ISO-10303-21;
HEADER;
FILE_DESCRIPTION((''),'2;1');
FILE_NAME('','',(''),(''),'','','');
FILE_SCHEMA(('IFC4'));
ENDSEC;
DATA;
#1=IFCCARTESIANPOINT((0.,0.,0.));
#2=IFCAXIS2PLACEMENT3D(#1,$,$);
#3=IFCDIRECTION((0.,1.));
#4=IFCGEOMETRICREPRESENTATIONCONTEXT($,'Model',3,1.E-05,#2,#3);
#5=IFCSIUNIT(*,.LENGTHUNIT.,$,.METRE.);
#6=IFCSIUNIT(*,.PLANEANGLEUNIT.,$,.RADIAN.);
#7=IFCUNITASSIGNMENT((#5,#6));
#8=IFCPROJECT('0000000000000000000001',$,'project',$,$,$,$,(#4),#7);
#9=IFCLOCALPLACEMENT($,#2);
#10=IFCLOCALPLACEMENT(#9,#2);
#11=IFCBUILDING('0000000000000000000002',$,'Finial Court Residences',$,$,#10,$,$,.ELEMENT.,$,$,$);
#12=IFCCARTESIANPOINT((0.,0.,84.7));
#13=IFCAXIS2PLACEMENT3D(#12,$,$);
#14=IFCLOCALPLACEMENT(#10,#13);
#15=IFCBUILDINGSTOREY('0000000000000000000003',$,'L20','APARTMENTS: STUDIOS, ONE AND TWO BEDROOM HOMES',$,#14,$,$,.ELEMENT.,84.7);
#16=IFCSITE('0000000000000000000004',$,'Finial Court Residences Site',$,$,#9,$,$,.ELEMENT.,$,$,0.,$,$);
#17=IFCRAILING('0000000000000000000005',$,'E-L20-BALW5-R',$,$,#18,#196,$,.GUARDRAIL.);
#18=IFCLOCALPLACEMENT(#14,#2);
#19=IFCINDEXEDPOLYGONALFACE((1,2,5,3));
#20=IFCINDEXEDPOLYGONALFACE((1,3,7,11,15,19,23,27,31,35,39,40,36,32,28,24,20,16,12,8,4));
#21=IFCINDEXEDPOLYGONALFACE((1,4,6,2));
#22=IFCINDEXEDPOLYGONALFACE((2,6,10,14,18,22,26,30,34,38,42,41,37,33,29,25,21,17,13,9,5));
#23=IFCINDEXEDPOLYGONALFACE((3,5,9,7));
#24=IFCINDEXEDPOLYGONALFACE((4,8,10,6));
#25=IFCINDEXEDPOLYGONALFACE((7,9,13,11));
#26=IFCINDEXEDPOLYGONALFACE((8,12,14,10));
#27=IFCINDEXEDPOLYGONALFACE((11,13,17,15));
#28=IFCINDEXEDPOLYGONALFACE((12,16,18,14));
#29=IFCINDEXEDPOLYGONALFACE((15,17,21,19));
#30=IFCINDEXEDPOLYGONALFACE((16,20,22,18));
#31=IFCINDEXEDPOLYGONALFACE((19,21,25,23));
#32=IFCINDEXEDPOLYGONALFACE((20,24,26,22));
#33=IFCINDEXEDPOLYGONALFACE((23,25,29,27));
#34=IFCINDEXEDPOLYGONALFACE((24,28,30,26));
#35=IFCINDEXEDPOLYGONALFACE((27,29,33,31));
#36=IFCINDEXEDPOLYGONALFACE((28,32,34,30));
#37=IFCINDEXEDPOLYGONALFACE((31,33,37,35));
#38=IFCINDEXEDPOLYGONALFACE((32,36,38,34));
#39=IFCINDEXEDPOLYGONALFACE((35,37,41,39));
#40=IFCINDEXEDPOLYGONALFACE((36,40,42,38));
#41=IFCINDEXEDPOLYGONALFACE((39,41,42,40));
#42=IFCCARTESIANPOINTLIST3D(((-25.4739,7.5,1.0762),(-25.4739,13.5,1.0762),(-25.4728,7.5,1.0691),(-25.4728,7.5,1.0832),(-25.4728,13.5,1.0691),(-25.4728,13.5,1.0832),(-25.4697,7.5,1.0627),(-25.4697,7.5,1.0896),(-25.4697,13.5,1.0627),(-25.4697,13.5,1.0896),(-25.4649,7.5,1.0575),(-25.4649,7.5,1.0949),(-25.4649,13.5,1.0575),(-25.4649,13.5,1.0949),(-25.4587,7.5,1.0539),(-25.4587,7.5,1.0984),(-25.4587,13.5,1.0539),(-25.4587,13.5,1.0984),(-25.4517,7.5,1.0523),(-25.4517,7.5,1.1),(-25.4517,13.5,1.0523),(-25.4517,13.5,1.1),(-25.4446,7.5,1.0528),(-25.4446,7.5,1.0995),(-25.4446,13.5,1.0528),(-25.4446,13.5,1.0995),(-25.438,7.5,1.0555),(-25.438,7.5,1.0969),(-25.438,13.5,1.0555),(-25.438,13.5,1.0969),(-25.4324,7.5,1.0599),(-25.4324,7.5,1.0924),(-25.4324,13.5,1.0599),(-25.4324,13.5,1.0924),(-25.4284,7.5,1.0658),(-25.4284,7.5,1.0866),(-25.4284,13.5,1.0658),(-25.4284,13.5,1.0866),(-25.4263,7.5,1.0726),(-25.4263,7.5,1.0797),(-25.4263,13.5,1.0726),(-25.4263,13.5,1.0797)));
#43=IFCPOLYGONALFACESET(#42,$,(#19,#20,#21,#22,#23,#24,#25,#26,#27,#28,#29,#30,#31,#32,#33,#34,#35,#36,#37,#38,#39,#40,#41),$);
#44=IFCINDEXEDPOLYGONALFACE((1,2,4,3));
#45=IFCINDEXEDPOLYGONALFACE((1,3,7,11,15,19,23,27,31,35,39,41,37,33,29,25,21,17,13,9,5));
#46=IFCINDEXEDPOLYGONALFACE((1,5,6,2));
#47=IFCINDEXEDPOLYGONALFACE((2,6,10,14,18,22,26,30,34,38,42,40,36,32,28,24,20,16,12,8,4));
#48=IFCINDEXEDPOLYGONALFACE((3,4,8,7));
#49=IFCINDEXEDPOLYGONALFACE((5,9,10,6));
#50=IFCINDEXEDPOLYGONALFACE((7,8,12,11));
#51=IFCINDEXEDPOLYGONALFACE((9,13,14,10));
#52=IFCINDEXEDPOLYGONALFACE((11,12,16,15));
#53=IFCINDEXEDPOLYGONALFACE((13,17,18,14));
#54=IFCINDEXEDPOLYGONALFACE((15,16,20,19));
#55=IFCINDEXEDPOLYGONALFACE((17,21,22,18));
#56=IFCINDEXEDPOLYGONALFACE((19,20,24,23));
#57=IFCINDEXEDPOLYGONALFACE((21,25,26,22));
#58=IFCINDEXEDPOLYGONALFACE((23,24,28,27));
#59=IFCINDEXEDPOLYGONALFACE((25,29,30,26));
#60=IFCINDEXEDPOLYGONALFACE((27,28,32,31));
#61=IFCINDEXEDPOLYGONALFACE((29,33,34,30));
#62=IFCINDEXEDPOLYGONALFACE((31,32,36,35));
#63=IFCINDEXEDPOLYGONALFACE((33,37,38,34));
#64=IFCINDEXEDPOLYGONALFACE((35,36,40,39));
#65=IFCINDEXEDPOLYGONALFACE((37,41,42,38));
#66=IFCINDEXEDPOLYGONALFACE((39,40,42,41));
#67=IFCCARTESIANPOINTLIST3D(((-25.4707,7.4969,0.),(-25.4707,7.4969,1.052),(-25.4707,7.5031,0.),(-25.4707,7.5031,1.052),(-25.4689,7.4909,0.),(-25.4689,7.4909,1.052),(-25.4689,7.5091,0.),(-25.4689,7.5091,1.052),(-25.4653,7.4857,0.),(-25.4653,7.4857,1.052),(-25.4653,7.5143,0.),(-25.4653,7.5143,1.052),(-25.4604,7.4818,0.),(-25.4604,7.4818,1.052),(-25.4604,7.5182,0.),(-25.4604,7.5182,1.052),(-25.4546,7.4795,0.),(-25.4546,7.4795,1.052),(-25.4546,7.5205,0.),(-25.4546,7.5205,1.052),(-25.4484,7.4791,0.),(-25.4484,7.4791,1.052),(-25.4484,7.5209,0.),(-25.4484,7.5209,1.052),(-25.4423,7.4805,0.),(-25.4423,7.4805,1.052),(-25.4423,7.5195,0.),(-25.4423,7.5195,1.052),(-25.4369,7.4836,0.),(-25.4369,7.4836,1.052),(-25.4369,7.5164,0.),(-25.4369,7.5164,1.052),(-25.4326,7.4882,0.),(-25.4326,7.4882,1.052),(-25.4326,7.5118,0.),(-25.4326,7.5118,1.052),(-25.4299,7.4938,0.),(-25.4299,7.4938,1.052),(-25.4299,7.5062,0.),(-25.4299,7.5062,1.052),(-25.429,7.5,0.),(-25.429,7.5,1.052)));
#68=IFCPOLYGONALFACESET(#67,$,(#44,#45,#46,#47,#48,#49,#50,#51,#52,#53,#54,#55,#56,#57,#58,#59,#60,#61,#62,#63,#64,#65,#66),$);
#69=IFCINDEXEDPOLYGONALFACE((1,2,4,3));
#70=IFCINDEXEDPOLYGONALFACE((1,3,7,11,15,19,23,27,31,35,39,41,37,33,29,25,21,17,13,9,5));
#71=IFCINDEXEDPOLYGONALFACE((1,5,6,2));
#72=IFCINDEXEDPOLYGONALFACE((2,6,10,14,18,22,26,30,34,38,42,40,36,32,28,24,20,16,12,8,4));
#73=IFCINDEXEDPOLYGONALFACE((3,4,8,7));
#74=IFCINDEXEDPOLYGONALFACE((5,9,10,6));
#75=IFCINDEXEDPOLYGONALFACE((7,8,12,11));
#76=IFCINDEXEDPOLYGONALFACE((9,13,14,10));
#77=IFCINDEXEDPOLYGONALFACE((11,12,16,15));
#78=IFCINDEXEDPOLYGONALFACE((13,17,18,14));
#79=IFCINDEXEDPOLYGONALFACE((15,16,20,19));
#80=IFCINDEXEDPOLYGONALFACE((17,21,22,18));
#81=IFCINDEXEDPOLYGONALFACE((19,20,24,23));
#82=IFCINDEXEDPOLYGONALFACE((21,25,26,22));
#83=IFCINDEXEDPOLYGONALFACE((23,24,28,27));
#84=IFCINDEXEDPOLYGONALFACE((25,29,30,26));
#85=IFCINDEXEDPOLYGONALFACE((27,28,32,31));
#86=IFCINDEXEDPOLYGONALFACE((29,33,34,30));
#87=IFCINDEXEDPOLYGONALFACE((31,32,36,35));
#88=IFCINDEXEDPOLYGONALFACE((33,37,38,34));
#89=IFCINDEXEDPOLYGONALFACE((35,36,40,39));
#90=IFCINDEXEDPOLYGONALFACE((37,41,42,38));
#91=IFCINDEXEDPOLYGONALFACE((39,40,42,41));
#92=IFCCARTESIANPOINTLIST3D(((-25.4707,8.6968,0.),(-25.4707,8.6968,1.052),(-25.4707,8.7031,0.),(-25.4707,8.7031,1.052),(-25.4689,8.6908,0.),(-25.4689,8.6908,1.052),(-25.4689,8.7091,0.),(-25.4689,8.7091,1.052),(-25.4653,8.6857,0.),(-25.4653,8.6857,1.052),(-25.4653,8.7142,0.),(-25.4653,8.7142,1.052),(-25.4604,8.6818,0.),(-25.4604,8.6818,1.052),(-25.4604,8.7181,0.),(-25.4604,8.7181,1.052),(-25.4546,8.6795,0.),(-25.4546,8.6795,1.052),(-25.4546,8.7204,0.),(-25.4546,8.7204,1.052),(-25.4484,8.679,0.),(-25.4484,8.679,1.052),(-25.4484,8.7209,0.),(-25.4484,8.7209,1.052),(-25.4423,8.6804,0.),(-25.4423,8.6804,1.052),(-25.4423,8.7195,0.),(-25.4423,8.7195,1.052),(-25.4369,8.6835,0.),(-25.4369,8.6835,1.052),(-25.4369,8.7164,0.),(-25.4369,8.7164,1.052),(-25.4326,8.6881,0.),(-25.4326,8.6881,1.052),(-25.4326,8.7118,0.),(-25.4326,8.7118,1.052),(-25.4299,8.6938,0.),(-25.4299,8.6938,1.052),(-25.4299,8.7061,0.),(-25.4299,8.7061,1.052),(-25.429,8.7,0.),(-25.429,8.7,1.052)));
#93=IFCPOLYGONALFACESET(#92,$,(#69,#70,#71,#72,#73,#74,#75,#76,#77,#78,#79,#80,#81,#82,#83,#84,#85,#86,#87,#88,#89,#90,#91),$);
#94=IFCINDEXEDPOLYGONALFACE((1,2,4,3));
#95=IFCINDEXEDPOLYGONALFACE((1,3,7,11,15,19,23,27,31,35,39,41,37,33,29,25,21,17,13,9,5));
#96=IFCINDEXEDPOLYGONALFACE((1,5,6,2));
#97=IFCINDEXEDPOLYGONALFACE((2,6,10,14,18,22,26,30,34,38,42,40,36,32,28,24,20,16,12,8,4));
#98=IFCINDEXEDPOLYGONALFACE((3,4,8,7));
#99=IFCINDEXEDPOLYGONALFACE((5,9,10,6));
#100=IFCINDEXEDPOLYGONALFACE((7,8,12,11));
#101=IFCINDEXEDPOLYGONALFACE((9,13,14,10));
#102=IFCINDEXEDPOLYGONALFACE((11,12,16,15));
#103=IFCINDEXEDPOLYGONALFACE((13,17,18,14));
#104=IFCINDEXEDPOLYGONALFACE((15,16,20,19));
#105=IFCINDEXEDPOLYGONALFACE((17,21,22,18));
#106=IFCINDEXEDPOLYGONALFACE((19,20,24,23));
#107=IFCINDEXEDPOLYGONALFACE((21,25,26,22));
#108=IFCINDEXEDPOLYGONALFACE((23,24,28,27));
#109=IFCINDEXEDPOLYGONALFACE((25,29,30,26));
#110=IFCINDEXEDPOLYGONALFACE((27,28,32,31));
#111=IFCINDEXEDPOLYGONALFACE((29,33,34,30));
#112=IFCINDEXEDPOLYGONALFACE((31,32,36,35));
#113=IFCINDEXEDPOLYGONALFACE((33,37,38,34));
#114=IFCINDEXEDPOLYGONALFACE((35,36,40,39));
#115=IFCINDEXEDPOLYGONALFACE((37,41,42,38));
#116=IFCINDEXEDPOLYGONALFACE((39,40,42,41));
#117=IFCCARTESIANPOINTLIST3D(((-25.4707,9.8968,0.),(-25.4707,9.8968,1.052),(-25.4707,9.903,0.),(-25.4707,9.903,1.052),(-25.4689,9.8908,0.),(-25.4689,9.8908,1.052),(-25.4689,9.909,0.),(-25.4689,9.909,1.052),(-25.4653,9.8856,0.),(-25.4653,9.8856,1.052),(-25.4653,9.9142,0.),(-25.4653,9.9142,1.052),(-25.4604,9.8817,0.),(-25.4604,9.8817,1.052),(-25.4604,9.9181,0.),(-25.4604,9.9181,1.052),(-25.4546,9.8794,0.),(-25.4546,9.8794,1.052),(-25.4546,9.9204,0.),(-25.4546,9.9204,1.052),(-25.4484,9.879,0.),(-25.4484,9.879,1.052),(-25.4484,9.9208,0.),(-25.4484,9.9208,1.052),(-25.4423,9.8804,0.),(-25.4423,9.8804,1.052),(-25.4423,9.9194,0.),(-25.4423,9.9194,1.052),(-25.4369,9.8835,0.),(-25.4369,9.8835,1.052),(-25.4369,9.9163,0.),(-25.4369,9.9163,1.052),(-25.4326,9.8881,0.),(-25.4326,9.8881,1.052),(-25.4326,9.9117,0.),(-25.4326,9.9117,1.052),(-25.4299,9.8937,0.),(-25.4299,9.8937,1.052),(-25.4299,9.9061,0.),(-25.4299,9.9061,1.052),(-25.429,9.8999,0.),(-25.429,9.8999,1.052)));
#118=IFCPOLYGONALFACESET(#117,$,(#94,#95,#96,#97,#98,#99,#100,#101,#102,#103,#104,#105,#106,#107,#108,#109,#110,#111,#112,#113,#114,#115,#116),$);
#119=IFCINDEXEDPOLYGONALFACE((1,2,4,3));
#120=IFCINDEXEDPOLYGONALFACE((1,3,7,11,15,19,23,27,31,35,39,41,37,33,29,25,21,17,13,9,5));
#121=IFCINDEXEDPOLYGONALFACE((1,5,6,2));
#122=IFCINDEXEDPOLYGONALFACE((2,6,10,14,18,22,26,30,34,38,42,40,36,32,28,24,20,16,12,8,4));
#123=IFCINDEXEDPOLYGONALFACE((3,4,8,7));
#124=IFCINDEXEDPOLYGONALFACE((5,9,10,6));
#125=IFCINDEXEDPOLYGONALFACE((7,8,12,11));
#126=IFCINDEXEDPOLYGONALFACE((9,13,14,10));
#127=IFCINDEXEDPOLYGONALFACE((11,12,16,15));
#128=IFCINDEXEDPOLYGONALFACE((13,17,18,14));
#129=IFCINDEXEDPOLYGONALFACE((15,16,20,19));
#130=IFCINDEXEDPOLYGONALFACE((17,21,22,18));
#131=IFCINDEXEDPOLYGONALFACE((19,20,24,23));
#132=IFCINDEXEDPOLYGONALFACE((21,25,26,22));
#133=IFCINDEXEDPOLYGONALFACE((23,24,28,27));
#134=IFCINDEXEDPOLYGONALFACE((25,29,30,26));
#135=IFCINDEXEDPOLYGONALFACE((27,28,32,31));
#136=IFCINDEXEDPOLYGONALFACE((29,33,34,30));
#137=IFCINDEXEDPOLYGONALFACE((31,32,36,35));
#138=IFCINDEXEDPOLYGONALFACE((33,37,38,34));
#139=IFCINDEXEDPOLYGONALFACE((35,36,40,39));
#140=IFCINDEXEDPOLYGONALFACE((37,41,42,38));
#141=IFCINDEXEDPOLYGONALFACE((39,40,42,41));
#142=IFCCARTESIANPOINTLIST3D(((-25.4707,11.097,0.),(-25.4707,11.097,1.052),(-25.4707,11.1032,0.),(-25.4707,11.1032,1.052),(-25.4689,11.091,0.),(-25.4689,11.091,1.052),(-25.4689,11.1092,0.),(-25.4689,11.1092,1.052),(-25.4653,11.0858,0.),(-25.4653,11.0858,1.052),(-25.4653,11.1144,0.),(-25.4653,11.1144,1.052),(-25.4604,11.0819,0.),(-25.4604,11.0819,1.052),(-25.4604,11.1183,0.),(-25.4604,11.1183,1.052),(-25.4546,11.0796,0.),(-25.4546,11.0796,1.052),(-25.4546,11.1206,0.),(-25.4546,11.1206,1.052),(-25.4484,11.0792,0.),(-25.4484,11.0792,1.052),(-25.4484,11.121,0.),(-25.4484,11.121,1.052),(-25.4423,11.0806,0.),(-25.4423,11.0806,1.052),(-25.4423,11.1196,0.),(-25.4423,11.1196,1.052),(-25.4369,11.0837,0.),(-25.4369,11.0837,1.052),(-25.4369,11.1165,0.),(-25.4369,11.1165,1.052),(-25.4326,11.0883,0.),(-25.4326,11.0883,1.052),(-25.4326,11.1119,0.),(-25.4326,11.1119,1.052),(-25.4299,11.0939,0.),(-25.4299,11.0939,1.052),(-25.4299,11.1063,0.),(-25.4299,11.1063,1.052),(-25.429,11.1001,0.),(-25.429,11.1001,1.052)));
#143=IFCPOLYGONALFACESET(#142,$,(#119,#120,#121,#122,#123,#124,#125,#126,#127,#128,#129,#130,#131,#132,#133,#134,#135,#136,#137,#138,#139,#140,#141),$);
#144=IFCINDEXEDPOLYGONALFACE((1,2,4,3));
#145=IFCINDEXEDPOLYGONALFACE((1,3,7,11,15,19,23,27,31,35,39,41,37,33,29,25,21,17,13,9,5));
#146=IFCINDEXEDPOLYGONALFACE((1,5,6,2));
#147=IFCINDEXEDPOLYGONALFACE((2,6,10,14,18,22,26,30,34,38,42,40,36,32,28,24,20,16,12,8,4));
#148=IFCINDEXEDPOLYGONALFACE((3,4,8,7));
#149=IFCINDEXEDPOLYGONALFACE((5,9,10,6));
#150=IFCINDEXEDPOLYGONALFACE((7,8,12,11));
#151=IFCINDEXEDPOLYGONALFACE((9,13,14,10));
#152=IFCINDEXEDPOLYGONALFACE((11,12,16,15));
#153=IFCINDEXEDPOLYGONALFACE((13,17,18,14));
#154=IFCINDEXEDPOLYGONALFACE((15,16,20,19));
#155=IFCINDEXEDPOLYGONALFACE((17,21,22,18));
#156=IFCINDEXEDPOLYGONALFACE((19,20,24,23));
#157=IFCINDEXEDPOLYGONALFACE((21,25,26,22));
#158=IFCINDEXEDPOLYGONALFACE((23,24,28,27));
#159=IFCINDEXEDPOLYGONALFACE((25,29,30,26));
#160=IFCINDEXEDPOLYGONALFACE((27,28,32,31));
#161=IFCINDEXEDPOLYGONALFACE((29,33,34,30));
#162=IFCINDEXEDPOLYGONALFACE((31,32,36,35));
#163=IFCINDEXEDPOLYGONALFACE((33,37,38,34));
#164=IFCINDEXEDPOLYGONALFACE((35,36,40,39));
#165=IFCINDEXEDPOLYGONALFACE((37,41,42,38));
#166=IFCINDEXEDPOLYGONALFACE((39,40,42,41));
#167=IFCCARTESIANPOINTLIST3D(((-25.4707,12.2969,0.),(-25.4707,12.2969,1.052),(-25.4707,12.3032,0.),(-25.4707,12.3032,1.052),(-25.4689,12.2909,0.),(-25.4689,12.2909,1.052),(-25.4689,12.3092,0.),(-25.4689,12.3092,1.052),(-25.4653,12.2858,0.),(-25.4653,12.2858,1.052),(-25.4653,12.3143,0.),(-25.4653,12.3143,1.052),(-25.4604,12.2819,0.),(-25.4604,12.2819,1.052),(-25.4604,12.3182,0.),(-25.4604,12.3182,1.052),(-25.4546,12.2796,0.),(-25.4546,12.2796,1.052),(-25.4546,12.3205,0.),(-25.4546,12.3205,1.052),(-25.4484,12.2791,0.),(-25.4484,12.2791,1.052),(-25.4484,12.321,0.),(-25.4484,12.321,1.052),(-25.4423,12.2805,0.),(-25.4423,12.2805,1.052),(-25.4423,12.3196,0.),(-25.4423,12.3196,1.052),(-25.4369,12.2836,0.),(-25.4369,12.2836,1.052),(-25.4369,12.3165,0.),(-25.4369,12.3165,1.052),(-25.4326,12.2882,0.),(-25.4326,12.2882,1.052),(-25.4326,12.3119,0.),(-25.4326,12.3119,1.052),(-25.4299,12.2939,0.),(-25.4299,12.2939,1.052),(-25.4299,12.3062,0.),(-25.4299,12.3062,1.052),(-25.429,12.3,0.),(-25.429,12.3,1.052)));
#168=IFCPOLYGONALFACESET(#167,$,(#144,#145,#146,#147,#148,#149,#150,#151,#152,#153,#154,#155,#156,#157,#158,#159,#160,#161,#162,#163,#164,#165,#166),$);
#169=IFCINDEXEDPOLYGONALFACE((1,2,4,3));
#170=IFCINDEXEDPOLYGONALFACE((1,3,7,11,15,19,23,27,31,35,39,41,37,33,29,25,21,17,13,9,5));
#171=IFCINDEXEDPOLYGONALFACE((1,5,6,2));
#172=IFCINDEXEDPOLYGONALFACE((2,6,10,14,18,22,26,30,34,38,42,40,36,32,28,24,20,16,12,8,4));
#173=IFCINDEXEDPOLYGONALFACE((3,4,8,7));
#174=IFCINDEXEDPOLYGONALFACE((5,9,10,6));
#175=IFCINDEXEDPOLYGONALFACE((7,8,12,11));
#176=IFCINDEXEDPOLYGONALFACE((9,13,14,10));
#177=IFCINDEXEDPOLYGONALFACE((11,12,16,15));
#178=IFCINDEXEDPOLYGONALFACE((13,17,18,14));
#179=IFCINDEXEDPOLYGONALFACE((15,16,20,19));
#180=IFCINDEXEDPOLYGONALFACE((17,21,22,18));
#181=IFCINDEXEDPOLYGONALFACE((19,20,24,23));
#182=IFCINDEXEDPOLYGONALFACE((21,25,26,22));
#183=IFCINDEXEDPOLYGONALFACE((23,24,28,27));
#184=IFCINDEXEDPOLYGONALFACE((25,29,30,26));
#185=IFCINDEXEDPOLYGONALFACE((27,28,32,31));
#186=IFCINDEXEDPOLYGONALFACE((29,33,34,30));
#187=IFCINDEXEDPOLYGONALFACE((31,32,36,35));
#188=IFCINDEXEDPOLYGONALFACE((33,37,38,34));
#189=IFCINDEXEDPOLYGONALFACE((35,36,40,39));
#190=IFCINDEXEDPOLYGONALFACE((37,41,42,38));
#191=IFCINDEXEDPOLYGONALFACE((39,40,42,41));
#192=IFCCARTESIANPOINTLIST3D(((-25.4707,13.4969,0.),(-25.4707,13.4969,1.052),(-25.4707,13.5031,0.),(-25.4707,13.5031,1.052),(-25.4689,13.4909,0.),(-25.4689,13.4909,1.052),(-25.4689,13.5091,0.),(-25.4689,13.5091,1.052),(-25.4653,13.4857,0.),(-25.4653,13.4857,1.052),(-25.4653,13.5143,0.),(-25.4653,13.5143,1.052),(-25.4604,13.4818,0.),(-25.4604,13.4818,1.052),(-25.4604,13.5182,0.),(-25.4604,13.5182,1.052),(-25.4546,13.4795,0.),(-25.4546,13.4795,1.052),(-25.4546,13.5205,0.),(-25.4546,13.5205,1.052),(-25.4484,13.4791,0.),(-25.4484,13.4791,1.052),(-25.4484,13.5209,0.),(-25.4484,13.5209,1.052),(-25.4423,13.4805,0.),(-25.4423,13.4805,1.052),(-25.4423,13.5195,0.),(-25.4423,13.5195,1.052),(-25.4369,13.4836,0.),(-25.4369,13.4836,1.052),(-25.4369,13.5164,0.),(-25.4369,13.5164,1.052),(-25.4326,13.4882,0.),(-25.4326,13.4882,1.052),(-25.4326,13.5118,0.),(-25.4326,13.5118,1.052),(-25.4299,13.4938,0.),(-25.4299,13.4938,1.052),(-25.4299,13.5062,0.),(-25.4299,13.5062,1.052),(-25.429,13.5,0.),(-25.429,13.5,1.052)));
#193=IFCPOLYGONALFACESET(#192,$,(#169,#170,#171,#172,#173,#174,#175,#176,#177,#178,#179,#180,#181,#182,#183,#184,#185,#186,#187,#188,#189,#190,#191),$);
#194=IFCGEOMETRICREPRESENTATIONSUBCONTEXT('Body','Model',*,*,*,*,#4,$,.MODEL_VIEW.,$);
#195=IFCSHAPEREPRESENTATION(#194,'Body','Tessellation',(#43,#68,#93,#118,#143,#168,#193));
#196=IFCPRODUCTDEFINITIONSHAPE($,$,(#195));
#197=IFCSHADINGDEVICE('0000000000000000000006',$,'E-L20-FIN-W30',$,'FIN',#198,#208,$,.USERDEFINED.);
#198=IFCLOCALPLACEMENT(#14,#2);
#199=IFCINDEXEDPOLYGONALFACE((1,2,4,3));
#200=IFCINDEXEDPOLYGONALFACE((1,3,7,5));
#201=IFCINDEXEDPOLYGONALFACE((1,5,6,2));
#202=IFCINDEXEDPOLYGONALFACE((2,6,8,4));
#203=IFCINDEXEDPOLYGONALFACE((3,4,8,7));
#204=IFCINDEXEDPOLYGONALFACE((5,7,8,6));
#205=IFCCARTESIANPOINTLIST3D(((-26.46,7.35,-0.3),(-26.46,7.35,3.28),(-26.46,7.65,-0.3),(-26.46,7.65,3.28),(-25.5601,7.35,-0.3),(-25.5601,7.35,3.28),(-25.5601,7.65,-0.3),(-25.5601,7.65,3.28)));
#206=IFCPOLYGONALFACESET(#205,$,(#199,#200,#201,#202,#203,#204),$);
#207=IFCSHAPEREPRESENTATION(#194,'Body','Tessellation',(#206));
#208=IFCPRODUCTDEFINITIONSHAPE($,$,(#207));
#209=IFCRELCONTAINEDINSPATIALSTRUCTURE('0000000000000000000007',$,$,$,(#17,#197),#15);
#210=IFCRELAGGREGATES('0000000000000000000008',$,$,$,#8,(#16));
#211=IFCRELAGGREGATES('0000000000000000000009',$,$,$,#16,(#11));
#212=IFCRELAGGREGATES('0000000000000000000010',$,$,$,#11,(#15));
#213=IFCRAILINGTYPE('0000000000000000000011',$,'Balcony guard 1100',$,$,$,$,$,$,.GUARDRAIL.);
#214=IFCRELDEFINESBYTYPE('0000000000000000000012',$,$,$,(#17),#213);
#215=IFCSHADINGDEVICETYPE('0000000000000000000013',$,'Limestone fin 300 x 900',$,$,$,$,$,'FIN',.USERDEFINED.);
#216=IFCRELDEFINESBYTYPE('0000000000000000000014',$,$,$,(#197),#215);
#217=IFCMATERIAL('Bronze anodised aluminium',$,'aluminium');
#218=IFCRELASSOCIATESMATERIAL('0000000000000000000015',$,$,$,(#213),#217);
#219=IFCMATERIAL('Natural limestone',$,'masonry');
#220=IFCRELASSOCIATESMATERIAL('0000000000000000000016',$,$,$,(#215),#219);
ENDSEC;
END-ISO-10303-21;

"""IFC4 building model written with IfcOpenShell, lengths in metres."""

from ifc_helpers import new_model, si_unit, direction, frame, origin, origin_2d, place, context, subcontext, project, spatial, rectangle, circle, extrude, material, type_object, element, save


model = new_model("IFC4")

# Units and contexts
model_context = context("Model", 3, precision=1e-05, world=origin(), true_north=direction((0.0, 1.0)))
body_context = subcontext(model_context, "Body", "Model", "MODEL_VIEW")
ifc_project = project(units=[si_unit("LENGTHUNIT", "METRE"), si_unit("PLANEANGLEUNIT", "RADIAN")], contexts=[model_context])

# Site, building, storey
site_placement = place(None, origin())
site = spatial("IfcSite", under=ifc_project, at=site_placement, Name="Finial Court Residences Site", CompositionType="ELEMENT", RefElevation=0.0)
building_placement = place(site_placement, origin())
building = spatial("IfcBuilding", under=site, at=building_placement, Name="Finial Court Residences", CompositionType="ELEMENT")
storey_placement = place(building_placement, frame((0.0, 0.0, 84.7)))
storey = spatial("IfcBuildingStorey", under=building, at=storey_placement, Name="L20", Description="APARTMENTS: STUDIOS, ONE AND TWO BEDROOM HOMES", CompositionType="ELEMENT", Elevation=84.7)

# Shared definitions
ifc_material_1 = material(Name="Bronze anodised aluminium", Category="aluminium")

# Shared definitions
ifc_material_2 = material(Name="Natural limestone", Category="masonry")

# Railing
railing_type = type_object("IfcRailingType", Name="Balcony guard 1100", PredefinedType="GUARDRAIL", material=ifc_material_1)
railing_placement = place(storey_placement, frame((-25.45, 7.5, 0.0)))
element("IfcRailing", 1, at=railing_placement, inside=storey, type_object=railing_type, Name="E-L20-BALW5-R", PredefinedType="GUARDRAIL", context=body_context, shape_type="SweptSolid", body=[
    extrude(circle(Radius=0.0239, at=origin_2d()), frame((0.0, 0.0, 1.0762), z_axis=(0.0, 1.0, 0.0), x_axis=(-1.0, 0.0, 0.0)), (0.0, 0.0, 1.0), 6.0),
    extrude(circle(Radius=0.021, at=origin_2d()), origin(), (0.0, 0.0, 1.0), 1.052),
    extrude(circle(Radius=0.021, at=origin_2d()), frame((0.0, 1.2, 0.0)), (0.0, 0.0, 1.0), 1.052),
    extrude(circle(Radius=0.021, at=origin_2d()), frame((0.0, 2.3999, 0.0)), (0.0, 0.0, 1.0), 1.052),
    extrude(circle(Radius=0.021, at=origin_2d()), frame((0.0, 3.6001, 0.0)), (0.0, 0.0, 1.0), 1.052),
    extrude(circle(Radius=0.021, at=origin_2d()), frame((0.0, 4.8, 0.0)), (0.0, 0.0, 1.0), 1.052),
    extrude(circle(Radius=0.021, at=origin_2d()), frame((0.0, 6.0, 0.0)), (0.0, 0.0, 1.0), 1.052),
])

# Shading device
shading_device_type = type_object("IfcShadingDeviceType", Name="Limestone fin 300 x 900", ElementType="FIN", PredefinedType="USERDEFINED", material=ifc_material_2)
shading_device_placement = place(storey_placement, frame((-26.01, 7.5, -0.3), z_axis=(0.0, 0.0, 1.0), x_axis=(1.0, 0.0, 0.0)))
element("IfcShadingDevice", 2, at=shading_device_placement, inside=storey, type_object=shading_device_type, Name="E-L20-FIN-W30", ObjectType="FIN", PredefinedType="USERDEFINED", context=body_context, shape_type="SweptSolid", body=[
    extrude(rectangle(XDim=0.8999, YDim=0.3, at=origin_2d()), origin(), (0.0, 0.0, 1.0), 3.5801),
])

save(model, "model.ifc")
